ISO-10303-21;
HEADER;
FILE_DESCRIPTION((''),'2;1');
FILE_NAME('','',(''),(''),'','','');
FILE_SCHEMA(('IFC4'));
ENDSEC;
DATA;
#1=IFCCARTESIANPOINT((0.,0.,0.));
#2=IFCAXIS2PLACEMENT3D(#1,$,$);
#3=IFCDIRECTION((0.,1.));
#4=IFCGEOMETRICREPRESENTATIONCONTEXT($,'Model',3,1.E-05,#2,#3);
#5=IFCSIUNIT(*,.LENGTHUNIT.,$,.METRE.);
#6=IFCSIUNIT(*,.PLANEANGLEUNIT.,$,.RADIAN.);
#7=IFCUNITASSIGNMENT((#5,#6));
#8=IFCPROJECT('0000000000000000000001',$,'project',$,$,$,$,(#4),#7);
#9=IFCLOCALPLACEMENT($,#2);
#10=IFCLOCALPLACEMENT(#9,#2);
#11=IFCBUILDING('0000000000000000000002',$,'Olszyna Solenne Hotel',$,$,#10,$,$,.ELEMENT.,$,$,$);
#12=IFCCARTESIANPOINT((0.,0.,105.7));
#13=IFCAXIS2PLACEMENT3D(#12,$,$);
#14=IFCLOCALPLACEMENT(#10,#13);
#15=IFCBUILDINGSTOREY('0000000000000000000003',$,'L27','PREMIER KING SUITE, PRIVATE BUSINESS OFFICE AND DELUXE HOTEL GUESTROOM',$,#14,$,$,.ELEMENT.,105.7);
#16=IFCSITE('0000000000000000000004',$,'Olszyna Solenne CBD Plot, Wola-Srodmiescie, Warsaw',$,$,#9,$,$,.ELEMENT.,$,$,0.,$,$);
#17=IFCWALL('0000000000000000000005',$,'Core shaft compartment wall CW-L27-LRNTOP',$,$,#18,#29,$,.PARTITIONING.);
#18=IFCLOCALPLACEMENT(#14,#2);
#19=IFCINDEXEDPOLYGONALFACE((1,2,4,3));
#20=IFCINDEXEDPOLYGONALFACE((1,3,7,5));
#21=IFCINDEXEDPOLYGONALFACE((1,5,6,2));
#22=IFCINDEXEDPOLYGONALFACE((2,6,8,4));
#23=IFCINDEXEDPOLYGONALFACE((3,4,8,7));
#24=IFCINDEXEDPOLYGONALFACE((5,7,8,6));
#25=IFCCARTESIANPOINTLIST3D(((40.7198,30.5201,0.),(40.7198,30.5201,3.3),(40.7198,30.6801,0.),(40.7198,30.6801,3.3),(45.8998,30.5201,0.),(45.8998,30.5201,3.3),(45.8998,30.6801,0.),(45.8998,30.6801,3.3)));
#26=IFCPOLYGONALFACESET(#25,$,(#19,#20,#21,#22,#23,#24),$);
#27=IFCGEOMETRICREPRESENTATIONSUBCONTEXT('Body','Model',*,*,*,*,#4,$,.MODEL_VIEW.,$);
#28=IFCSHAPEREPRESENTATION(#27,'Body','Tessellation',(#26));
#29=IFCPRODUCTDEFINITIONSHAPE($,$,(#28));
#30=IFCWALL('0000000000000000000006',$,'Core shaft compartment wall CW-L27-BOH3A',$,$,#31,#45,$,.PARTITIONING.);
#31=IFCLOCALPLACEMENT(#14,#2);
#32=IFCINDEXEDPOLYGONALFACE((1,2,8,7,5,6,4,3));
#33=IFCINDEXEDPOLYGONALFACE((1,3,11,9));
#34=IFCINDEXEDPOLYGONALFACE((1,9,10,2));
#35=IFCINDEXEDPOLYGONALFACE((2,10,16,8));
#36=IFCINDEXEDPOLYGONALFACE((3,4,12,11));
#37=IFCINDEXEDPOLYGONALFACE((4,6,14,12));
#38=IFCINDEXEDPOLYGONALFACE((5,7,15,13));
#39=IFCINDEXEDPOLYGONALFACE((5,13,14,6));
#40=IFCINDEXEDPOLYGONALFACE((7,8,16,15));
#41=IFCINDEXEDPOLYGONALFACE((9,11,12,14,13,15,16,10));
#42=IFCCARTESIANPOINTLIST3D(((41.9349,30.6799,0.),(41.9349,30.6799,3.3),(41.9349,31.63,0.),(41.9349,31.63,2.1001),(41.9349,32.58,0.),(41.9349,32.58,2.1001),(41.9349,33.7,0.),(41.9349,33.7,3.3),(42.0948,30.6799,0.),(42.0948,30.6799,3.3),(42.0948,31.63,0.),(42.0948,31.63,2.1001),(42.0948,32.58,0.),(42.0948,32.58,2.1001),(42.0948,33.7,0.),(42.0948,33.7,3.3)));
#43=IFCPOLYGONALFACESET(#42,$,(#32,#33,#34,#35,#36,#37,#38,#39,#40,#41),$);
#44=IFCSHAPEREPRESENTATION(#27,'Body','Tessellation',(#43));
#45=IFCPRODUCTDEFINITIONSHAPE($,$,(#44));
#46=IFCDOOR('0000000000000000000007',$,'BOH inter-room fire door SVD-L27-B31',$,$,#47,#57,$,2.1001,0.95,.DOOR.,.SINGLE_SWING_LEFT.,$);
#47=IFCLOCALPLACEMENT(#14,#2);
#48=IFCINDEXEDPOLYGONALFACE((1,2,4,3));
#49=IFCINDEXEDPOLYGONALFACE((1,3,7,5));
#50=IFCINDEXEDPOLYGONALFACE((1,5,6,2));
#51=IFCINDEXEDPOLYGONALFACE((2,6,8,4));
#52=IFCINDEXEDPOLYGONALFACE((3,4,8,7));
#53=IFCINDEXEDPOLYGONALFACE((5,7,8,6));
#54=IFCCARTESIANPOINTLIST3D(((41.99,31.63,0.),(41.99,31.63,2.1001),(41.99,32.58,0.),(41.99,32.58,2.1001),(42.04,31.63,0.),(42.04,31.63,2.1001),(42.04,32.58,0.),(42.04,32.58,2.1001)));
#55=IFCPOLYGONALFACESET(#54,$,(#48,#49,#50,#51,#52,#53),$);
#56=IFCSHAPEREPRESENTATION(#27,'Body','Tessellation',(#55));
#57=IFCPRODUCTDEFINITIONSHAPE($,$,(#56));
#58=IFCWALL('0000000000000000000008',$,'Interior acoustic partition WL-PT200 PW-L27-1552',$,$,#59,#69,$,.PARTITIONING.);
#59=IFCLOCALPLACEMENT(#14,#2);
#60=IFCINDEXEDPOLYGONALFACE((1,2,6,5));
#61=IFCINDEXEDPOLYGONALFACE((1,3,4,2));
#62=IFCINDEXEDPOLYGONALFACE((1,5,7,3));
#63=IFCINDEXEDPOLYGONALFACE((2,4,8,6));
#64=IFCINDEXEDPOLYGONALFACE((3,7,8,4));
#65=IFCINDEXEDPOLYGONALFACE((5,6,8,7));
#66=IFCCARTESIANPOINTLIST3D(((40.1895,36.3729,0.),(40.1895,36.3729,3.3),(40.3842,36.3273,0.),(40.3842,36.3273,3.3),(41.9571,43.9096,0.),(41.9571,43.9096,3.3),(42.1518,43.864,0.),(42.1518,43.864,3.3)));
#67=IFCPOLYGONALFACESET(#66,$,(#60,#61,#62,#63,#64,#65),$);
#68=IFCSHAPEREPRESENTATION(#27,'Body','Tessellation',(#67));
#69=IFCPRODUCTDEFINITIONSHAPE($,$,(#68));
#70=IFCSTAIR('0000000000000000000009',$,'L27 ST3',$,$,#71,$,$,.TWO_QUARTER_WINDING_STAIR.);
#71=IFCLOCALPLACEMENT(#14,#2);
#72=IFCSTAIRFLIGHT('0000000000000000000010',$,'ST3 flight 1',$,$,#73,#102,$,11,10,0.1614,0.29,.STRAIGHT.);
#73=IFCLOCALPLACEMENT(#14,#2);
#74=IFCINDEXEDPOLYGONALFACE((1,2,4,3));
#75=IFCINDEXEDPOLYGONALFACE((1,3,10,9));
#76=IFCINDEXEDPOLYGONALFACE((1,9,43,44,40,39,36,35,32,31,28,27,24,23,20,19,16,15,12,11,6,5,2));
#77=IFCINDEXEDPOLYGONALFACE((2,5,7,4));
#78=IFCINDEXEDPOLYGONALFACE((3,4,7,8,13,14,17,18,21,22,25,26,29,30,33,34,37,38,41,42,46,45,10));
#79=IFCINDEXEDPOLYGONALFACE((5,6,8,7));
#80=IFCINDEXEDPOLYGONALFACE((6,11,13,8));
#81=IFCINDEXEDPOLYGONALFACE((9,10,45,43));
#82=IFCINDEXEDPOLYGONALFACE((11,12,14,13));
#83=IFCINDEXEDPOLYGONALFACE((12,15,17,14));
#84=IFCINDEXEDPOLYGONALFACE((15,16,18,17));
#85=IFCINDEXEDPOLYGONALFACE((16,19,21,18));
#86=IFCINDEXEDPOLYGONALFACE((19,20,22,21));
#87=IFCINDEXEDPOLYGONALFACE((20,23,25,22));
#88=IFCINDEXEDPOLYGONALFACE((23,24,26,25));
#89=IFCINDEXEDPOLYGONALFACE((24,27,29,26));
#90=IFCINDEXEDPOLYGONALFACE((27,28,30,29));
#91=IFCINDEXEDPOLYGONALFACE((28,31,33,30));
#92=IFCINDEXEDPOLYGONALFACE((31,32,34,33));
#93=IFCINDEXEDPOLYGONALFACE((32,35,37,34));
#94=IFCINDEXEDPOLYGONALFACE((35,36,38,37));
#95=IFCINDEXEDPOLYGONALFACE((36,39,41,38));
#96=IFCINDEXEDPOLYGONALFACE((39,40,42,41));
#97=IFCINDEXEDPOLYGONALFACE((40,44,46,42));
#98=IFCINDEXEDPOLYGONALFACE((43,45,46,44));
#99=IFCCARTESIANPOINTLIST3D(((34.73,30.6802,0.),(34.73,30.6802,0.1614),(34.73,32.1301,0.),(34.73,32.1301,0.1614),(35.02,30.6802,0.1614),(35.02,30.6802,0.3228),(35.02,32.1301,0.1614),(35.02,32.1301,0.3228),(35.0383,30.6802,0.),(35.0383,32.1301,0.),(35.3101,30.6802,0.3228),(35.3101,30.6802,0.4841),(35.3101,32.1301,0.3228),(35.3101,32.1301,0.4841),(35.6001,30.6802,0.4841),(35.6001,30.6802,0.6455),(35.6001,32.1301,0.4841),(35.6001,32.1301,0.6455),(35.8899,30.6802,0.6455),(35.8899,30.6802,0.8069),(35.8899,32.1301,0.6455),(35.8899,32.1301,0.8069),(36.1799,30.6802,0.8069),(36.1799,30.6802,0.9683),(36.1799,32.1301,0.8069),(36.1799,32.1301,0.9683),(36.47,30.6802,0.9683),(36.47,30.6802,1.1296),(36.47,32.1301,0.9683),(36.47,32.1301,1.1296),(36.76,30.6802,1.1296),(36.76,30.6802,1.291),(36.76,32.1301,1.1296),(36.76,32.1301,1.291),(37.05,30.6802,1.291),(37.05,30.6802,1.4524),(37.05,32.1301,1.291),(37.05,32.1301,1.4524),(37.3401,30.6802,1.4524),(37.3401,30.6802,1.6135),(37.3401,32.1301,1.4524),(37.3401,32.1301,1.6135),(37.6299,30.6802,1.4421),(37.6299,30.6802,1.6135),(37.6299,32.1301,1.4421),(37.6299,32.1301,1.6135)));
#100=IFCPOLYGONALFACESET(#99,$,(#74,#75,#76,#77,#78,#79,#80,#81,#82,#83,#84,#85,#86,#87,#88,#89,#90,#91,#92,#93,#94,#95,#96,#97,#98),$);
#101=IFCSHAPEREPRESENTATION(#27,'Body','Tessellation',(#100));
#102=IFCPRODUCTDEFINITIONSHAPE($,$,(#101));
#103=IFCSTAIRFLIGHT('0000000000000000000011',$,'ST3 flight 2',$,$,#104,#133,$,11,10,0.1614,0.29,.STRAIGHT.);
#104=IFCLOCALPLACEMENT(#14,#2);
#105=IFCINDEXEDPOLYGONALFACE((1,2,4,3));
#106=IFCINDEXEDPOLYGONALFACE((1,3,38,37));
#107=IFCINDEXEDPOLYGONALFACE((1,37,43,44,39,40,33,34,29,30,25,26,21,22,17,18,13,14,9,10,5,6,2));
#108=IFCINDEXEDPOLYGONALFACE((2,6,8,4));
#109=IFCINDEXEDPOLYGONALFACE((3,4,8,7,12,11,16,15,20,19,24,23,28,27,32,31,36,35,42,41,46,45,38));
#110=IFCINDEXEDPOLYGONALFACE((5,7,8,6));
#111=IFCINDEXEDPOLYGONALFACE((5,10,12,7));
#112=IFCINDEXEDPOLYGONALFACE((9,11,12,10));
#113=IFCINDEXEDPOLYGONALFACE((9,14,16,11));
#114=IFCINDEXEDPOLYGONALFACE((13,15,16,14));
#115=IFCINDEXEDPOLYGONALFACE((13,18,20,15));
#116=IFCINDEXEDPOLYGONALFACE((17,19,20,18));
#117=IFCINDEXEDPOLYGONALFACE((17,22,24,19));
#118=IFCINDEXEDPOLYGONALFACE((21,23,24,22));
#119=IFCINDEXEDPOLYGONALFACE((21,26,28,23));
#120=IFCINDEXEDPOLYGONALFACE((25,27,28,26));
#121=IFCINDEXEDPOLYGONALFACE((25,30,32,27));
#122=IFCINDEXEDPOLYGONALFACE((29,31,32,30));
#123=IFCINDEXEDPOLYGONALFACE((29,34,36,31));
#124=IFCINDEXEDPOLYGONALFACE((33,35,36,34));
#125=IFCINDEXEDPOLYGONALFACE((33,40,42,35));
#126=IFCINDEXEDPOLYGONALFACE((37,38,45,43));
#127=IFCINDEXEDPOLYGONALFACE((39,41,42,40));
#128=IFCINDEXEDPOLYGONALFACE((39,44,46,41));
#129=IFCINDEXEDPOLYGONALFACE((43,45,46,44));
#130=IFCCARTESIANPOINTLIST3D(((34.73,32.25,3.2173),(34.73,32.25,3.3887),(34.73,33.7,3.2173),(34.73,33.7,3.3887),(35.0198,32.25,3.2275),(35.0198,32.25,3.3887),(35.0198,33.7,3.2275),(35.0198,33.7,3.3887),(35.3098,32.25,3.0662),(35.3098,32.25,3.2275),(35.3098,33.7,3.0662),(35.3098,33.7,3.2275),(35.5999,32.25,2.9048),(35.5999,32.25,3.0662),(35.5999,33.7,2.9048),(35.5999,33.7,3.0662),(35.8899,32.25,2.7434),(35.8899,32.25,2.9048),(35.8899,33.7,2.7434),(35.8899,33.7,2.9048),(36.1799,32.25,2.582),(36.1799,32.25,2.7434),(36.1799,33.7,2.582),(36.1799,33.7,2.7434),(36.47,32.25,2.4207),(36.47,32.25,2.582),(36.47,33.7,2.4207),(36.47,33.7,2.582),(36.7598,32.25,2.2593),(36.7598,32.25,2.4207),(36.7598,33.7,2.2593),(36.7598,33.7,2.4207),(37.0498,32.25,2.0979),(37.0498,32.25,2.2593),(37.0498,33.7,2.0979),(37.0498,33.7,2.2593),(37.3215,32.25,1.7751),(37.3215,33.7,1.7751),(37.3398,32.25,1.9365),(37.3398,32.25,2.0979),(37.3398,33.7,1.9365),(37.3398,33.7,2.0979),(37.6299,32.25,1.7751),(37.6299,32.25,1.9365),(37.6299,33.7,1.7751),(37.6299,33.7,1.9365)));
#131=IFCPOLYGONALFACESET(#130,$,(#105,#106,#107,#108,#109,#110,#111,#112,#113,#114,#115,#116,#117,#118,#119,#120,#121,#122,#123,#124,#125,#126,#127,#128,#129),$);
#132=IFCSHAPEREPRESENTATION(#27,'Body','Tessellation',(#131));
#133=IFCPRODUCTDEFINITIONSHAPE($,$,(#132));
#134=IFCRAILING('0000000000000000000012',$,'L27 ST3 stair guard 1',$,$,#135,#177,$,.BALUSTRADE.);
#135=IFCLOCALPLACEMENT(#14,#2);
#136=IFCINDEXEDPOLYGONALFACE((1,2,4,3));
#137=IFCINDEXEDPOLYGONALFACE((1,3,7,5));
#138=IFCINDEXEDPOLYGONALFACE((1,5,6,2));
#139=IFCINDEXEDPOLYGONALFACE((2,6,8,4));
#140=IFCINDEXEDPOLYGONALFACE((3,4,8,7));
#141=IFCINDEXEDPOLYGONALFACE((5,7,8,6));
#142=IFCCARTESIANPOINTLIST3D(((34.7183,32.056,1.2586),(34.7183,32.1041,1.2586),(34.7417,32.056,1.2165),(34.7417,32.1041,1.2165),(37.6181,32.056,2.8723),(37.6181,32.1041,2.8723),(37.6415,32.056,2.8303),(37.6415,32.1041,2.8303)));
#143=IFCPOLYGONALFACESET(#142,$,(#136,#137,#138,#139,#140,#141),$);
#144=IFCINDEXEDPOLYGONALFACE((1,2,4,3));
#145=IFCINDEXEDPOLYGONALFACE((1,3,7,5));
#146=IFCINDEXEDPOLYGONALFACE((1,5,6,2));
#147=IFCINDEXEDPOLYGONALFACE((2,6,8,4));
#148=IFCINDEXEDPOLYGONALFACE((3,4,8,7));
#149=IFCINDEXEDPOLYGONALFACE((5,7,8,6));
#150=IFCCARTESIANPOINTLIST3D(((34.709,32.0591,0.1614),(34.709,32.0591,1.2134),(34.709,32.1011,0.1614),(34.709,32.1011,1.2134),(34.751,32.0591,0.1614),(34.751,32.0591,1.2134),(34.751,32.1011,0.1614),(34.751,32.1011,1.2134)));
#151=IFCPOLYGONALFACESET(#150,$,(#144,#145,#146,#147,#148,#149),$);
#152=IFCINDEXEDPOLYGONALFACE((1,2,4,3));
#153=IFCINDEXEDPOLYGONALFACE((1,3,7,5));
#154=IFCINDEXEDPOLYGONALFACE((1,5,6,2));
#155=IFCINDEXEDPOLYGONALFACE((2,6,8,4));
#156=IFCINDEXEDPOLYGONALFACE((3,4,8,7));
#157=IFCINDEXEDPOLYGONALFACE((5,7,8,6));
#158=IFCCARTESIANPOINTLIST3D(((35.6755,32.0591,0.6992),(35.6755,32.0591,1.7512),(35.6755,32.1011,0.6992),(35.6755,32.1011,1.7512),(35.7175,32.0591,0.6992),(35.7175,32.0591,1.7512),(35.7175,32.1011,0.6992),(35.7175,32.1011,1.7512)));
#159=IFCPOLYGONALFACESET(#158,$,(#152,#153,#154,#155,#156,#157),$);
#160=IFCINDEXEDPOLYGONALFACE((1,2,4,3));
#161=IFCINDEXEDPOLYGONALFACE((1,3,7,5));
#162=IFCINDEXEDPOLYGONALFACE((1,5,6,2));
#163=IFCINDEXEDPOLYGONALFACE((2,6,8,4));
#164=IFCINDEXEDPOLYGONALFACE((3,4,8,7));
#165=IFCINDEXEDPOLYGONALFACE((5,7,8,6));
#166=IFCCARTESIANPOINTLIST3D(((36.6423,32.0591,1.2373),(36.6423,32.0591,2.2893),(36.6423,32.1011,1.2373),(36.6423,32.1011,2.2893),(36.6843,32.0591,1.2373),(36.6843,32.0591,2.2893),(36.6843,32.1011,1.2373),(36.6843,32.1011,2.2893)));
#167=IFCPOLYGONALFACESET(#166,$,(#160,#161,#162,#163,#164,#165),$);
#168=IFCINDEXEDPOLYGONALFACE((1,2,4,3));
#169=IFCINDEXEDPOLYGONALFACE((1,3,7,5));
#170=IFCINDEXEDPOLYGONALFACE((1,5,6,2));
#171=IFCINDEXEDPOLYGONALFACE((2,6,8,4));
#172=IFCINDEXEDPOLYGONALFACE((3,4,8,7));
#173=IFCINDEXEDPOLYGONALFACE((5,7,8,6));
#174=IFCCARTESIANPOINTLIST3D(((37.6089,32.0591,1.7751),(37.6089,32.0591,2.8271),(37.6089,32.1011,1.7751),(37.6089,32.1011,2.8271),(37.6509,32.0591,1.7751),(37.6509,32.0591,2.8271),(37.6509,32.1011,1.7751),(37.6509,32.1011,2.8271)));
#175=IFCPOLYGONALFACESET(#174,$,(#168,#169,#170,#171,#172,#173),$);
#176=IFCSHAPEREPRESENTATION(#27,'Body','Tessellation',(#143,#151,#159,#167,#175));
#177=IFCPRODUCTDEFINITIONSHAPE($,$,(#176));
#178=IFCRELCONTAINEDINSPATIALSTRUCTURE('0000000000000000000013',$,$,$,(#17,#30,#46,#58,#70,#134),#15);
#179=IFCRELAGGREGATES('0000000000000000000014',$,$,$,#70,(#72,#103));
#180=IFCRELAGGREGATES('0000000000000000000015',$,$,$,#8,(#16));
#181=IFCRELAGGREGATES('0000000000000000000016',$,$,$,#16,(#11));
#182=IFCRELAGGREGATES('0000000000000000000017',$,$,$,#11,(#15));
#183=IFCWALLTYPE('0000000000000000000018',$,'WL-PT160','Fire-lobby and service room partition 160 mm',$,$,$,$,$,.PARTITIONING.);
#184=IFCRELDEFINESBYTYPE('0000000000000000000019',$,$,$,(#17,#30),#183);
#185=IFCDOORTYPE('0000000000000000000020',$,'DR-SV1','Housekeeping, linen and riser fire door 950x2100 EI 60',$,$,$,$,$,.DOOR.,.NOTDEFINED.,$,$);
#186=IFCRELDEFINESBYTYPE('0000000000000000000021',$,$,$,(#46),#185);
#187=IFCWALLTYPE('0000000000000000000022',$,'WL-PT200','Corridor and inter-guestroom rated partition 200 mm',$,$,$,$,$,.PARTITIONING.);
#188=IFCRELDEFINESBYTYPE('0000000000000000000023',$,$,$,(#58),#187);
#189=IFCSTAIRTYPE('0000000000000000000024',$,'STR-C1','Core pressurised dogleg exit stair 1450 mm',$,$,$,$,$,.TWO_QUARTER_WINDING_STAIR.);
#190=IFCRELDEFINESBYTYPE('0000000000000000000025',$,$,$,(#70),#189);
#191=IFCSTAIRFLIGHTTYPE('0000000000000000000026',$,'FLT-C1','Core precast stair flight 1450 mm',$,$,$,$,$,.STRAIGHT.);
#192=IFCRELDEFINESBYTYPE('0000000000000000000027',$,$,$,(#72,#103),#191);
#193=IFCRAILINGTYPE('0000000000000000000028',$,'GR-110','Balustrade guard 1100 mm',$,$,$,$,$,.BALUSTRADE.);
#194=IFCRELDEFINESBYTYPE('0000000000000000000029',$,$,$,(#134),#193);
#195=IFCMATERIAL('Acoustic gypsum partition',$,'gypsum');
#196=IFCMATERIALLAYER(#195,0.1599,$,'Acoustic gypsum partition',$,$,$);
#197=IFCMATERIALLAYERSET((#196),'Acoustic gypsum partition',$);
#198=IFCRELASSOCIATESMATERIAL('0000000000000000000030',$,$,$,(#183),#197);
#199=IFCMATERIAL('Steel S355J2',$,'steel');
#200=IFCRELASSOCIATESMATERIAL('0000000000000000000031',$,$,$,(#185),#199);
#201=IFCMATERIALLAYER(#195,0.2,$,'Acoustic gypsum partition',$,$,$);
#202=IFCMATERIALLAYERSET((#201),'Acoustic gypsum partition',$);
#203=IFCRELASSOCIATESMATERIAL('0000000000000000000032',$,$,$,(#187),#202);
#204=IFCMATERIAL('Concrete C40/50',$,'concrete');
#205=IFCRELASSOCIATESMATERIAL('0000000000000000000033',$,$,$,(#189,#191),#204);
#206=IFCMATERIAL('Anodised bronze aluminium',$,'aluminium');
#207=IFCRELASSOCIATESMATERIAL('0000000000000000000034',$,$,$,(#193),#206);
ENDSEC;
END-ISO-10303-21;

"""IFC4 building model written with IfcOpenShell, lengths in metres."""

from ifc_helpers import new_model, si_unit, direction, frame, frame_2d, origin, origin_2d, place, context, subcontext, project, spatial, polyline, rectangle, outline, extrude, source, transform, mapped, material, layer, layer_set, type_object, type_shapes, element, fill, aggregate, save


model = new_model("IFC4")

# Units and contexts
model_context = context("Model", 3, precision=1e-05, world=origin(), true_north=direction((0.0, 1.0)))
body_context = subcontext(model_context, "Body", "Model", "MODEL_VIEW")
ifc_project = project(units=[si_unit("LENGTHUNIT", "METRE"), si_unit("PLANEANGLEUNIT", "RADIAN")], contexts=[model_context])

# Site, building, storey
site_placement = place(None, origin())
site = spatial("IfcSite", under=ifc_project, at=site_placement, Name="Olszyna Solenne CBD Plot, Wola-Srodmiescie, Warsaw", CompositionType="ELEMENT", RefElevation=0.0)
building_placement = place(site_placement, origin())
building = spatial("IfcBuilding", under=site, at=building_placement, Name="Olszyna Solenne Hotel", CompositionType="ELEMENT")
storey_placement = place(building_placement, frame((0.0, 0.0, 105.7)))
storey = spatial("IfcBuildingStorey", under=building, at=storey_placement, Name="L27", Description="PREMIER KING SUITE, PRIVATE BUSINESS OFFICE AND DELUXE HOTEL GUESTROOM", CompositionType="ELEMENT", Elevation=105.7)

# Shared definitions
ifc_material_1 = material(Name="Steel S355J2", Category="steel")

# Shared definitions
ifc_material_2 = material(Name="Anodised bronze aluminium", Category="aluminium")

# Shared definitions
ifc_material_3 = material(Name="Acoustic gypsum partition", Category="gypsum")

# Wall
ifc_layer_1 = layer(ifc_material_3, 0.1599, Name="Acoustic gypsum partition")
ifc_layer_set_1 = layer_set([ifc_layer_1], Name="Acoustic gypsum partition")
wall_type_1 = type_object("IfcWallType", Name="WL-PT160", Description="Fire-lobby and service room partition 160 mm", PredefinedType="PARTITIONING", material=ifc_layer_set_1)
wall_1_placement = place(storey_placement, frame((40.72, 30.6001, 0.0), z_axis=(0.0, 0.0, 1.0), x_axis=(1.0, 0.0, 0.0)))
element("IfcWall", 1, at=wall_1_placement, inside=storey, type_object=wall_type_1, Name="Core shaft compartment wall CW-L27-LRNTOP", PredefinedType="PARTITIONING", context=body_context, shape_type="SweptSolid", body=[
    extrude(rectangle(XDim=5.1799, YDim=0.1599, at=frame_2d((2.5898, 0.0))), origin(), (0.0, 0.0, 1.0), 3.3),
])

# Wall, opening, door
wall_2_placement = place(storey_placement, frame((42.0149, 30.6799, 0.0), z_axis=(0.0, 0.0, 1.0), x_axis=(0.0, 1.0, 0.0)))
wall_2 = element("IfcWall", 2, at=wall_2_placement, inside=storey, type_object=wall_type_1, Name="Core shaft compartment wall CW-L27-BOH3A", PredefinedType="PARTITIONING", context=body_context, shape_type="SweptSolid", body=[
    extrude(rectangle(XDim=3.02, YDim=0.1599, at=frame_2d((1.51, 0.0))), origin(), (0.0, 0.0, 1.0), 3.3),
])
opening_1_placement = place(wall_2_placement, frame((0.95, 0.0, 0.0)))
opening_1 = element("IfcOpeningElement", 3, at=opening_1_placement, cuts=wall_2, PredefinedType="OPENING", context=body_context, shape_type="SweptSolid", body=[
    extrude(rectangle(XDim=0.95, YDim=2.1001, at=frame_2d((0.4751, 1.05))), frame((0.0, 0.0898, 0.0), z_axis=(0.0, -1.0, 0.0), x_axis=(1.0, 0.0, 0.0)), (0.0, 0.0, 1.0), 0.1799),
])
door_type_1 = type_object("IfcDoorType", Name="DR-SV1", Description="Housekeeping, linen and riser fire door 950x2100 EI 60", OperationType="NOTDEFINED", PredefinedType="DOOR", material=ifc_material_1)
shared_shape_1 = source(origin(), body_context, "Body", "SweptSolid", [
    extrude(rectangle(XDim=0.95, YDim=2.1001, at=frame_2d((0.4751, 1.05))), frame((0.0, 0.0249, 0.0), z_axis=(0.0, -1.0, 0.0), x_axis=(1.0, 0.0, 0.0)), (0.0, 0.0, 1.0), 0.05),
])
type_shapes(door_type_1, [shared_shape_1])
door_1_placement = place(opening_1_placement, origin())
door_1 = element("IfcDoor", 4, at=door_1_placement, inside=storey, type_object=door_type_1, Name="BOH inter-room fire door SVD-L27-B31", OperationType="SINGLE_SWING_LEFT", OverallHeight=2.1001, OverallWidth=0.95, PredefinedType="DOOR", context=body_context, shape_type="MappedRepresentation", body=[
    mapped(shared_shape_1, transform((0.0, 0.0, 0.0), x_axis=(1.0, 0.0, 0.0), y_axis=(0.0, 1.0, 0.0), z_axis=(0.0, 0.0, 1.0), scale=1.0)),
])
fill(opening_1, door_1)

# Wall
ifc_layer_2 = layer(ifc_material_3, 0.2, Name="Acoustic gypsum partition")
ifc_layer_set_2 = layer_set([ifc_layer_2], Name="Acoustic gypsum partition")
wall_type_2 = type_object("IfcWallType", Name="WL-PT200", Description="Corridor and inter-guestroom rated partition 200 mm", PredefinedType="PARTITIONING", material=ifc_layer_set_2)
wall_3_placement = place(storey_placement, frame((40.2869, 36.3501, 0.0), z_axis=(0.0, 0.0, 1.0), x_axis=(0.228336, 0.973582, 0.0)))
element("IfcWall", 5, at=wall_3_placement, inside=storey, type_object=wall_type_2, Name="Interior acoustic partition WL-PT200 PW-L27-1552", PredefinedType="PARTITIONING", context=body_context, shape_type="SweptSolid", body=[
    extrude(rectangle(XDim=7.7412, YDim=0.2, at=frame_2d((3.8706, 0.0))), origin(), (0.0, 0.0, 1.0), 3.3),
])

# Stair, stair flights
ifc_material_4 = material(Name="Concrete C40/50", Category="concrete")
stair_type = type_object("IfcStairType", Name="STR-C1", Description="Core pressurised dogleg exit stair 1450 mm", PredefinedType="TWO_QUARTER_WINDING_STAIR", material=ifc_material_4)
stair_placement = place(storey_placement, origin())
stair = element("IfcStair", 6, at=stair_placement, inside=storey, type_object=stair_type, Name="L27 ST3", PredefinedType="TWO_QUARTER_WINDING_STAIR")
stair_flight_type = type_object("IfcStairFlightType", Name="FLT-C1", Description="Core precast stair flight 1450 mm", PredefinedType="STRAIGHT", material=ifc_material_4)
stair_flight_1_placement = place(storey_placement, frame((34.73, 31.405, 0.0), z_axis=(0.0, 0.0, 1.0), x_axis=(1.0, 0.0, 0.0)))
stair_flight_1 = element("IfcStairFlight", 7, at=stair_flight_1_placement, type_object=stair_flight_type, Name="ST3 flight 1", NumberOfRisers=11, NumberOfTreads=10, PredefinedType="STRAIGHT", RiserHeight=0.1614, TreadLength=0.29, context=body_context, shape_type="SweptSolid", body=[
    extrude(outline(polyline([(0.0, 0.0), (0.0, 0.1614), (0.29, 0.1614), (0.29, 0.3228), (0.5801, 0.3228), (0.5801, 0.4841), (0.8701, 0.4841), (0.8701, 0.6455), (1.1599, 0.6455), (1.1599, 0.8069), (1.45, 0.8069), (1.45, 0.9683), (1.74, 0.9683), (1.74, 1.1296), (2.03, 1.1296), (2.03, 1.291), (2.3201, 1.291), (2.3201, 1.4524), (2.6101, 1.4524), (2.6101, 1.6135), (2.8999, 1.6135), (2.8999, 1.7749), (2.8999, 1.4421), (0.3083, 0.0), (0.0, 0.0)])), frame((0.0, 0.7251, 0.0), z_axis=(0.0, -1.0, 0.0), x_axis=(1.0, 0.0, 0.0)), (0.0, 0.0, 1.0), 1.45),
])
stair_flight_2_placement = place(storey_placement, frame((37.6299, 32.9751, 1.7751), z_axis=(0.0, 0.0, 1.0), x_axis=(-1.0, 0.0, 0.0)))
stair_flight_2 = element("IfcStairFlight", 8, at=stair_flight_2_placement, type_object=stair_flight_type, Name="ST3 flight 2", NumberOfRisers=11, NumberOfTreads=10, PredefinedType="STRAIGHT", RiserHeight=0.1614, TreadLength=0.29, context=body_context, shape_type="SweptSolid", body=[
    extrude(outline(polyline([(0.0, 0.0), (0.0, 0.1614), (0.29, 0.1614), (0.29, 0.3228), (0.5801, 0.3228), (0.5801, 0.4841), (0.8701, 0.4841), (0.8701, 0.6455), (1.1599, 0.6455), (1.1599, 0.8069), (1.45, 0.8069), (1.45, 0.9683), (1.74, 0.9683), (1.74, 1.1296), (2.03, 1.1296), (2.03, 1.291), (2.3201, 1.291), (2.3201, 1.4524), (2.6101, 1.4524), (2.6101, 1.6135), (2.8999, 1.6135), (2.8999, 1.7749), (2.8999, 1.4421), (0.3083, 0.0), (0.0, 0.0)])), frame((0.0, 0.7251, 0.0), z_axis=(0.0, -1.0, 0.0), x_axis=(1.0, 0.0, 0.0)), (0.0, 0.0, 1.0), 1.45),
])
aggregate(stair, [stair_flight_1, stair_flight_2])

# Railing
railing_type_1 = type_object("IfcRailingType", Name="GR-110", Description="Balustrade guard 1100 mm", PredefinedType="BALUSTRADE", material=ifc_material_2)
railing_1_placement = place(storey_placement, frame((34.73, 32.0801, 0.1614)))
element("IfcRailing", 9, at=railing_1_placement, inside=storey, type_object=railing_type_1, Name="L27 ST3 stair guard 1", PredefinedType="BALUSTRADE", context=body_context, shape_type="SweptSolid", body=[
    extrude(rectangle(XDim=0.0481, YDim=0.0481, at=origin_2d()), frame((0.0, 0.0, 1.0762), z_axis=(0.87381, 0.0, 0.486267), x_axis=(0.0, 1.0, 0.0)), (0.0, 0.0, 1.0), 3.3186),
    extrude(rectangle(XDim=0.042, YDim=0.042, at=origin_2d()), origin(), (0.0, 0.0, 1.0), 1.052),
    extrude(rectangle(XDim=0.042, YDim=0.042, at=origin_2d()), frame((0.9666, 0.0, 0.5378)), (0.0, 0.0, 1.0), 1.052),
    extrude(rectangle(XDim=0.042, YDim=0.042, at=origin_2d()), frame((1.9333, 0.0, 1.0759)), (0.0, 0.0, 1.0), 1.052),
    extrude(rectangle(XDim=0.042, YDim=0.042, at=origin_2d()), frame((2.8999, 0.0, 1.6138)), (0.0, 0.0, 1.0), 1.052),
])

save(model, "model.ifc")
